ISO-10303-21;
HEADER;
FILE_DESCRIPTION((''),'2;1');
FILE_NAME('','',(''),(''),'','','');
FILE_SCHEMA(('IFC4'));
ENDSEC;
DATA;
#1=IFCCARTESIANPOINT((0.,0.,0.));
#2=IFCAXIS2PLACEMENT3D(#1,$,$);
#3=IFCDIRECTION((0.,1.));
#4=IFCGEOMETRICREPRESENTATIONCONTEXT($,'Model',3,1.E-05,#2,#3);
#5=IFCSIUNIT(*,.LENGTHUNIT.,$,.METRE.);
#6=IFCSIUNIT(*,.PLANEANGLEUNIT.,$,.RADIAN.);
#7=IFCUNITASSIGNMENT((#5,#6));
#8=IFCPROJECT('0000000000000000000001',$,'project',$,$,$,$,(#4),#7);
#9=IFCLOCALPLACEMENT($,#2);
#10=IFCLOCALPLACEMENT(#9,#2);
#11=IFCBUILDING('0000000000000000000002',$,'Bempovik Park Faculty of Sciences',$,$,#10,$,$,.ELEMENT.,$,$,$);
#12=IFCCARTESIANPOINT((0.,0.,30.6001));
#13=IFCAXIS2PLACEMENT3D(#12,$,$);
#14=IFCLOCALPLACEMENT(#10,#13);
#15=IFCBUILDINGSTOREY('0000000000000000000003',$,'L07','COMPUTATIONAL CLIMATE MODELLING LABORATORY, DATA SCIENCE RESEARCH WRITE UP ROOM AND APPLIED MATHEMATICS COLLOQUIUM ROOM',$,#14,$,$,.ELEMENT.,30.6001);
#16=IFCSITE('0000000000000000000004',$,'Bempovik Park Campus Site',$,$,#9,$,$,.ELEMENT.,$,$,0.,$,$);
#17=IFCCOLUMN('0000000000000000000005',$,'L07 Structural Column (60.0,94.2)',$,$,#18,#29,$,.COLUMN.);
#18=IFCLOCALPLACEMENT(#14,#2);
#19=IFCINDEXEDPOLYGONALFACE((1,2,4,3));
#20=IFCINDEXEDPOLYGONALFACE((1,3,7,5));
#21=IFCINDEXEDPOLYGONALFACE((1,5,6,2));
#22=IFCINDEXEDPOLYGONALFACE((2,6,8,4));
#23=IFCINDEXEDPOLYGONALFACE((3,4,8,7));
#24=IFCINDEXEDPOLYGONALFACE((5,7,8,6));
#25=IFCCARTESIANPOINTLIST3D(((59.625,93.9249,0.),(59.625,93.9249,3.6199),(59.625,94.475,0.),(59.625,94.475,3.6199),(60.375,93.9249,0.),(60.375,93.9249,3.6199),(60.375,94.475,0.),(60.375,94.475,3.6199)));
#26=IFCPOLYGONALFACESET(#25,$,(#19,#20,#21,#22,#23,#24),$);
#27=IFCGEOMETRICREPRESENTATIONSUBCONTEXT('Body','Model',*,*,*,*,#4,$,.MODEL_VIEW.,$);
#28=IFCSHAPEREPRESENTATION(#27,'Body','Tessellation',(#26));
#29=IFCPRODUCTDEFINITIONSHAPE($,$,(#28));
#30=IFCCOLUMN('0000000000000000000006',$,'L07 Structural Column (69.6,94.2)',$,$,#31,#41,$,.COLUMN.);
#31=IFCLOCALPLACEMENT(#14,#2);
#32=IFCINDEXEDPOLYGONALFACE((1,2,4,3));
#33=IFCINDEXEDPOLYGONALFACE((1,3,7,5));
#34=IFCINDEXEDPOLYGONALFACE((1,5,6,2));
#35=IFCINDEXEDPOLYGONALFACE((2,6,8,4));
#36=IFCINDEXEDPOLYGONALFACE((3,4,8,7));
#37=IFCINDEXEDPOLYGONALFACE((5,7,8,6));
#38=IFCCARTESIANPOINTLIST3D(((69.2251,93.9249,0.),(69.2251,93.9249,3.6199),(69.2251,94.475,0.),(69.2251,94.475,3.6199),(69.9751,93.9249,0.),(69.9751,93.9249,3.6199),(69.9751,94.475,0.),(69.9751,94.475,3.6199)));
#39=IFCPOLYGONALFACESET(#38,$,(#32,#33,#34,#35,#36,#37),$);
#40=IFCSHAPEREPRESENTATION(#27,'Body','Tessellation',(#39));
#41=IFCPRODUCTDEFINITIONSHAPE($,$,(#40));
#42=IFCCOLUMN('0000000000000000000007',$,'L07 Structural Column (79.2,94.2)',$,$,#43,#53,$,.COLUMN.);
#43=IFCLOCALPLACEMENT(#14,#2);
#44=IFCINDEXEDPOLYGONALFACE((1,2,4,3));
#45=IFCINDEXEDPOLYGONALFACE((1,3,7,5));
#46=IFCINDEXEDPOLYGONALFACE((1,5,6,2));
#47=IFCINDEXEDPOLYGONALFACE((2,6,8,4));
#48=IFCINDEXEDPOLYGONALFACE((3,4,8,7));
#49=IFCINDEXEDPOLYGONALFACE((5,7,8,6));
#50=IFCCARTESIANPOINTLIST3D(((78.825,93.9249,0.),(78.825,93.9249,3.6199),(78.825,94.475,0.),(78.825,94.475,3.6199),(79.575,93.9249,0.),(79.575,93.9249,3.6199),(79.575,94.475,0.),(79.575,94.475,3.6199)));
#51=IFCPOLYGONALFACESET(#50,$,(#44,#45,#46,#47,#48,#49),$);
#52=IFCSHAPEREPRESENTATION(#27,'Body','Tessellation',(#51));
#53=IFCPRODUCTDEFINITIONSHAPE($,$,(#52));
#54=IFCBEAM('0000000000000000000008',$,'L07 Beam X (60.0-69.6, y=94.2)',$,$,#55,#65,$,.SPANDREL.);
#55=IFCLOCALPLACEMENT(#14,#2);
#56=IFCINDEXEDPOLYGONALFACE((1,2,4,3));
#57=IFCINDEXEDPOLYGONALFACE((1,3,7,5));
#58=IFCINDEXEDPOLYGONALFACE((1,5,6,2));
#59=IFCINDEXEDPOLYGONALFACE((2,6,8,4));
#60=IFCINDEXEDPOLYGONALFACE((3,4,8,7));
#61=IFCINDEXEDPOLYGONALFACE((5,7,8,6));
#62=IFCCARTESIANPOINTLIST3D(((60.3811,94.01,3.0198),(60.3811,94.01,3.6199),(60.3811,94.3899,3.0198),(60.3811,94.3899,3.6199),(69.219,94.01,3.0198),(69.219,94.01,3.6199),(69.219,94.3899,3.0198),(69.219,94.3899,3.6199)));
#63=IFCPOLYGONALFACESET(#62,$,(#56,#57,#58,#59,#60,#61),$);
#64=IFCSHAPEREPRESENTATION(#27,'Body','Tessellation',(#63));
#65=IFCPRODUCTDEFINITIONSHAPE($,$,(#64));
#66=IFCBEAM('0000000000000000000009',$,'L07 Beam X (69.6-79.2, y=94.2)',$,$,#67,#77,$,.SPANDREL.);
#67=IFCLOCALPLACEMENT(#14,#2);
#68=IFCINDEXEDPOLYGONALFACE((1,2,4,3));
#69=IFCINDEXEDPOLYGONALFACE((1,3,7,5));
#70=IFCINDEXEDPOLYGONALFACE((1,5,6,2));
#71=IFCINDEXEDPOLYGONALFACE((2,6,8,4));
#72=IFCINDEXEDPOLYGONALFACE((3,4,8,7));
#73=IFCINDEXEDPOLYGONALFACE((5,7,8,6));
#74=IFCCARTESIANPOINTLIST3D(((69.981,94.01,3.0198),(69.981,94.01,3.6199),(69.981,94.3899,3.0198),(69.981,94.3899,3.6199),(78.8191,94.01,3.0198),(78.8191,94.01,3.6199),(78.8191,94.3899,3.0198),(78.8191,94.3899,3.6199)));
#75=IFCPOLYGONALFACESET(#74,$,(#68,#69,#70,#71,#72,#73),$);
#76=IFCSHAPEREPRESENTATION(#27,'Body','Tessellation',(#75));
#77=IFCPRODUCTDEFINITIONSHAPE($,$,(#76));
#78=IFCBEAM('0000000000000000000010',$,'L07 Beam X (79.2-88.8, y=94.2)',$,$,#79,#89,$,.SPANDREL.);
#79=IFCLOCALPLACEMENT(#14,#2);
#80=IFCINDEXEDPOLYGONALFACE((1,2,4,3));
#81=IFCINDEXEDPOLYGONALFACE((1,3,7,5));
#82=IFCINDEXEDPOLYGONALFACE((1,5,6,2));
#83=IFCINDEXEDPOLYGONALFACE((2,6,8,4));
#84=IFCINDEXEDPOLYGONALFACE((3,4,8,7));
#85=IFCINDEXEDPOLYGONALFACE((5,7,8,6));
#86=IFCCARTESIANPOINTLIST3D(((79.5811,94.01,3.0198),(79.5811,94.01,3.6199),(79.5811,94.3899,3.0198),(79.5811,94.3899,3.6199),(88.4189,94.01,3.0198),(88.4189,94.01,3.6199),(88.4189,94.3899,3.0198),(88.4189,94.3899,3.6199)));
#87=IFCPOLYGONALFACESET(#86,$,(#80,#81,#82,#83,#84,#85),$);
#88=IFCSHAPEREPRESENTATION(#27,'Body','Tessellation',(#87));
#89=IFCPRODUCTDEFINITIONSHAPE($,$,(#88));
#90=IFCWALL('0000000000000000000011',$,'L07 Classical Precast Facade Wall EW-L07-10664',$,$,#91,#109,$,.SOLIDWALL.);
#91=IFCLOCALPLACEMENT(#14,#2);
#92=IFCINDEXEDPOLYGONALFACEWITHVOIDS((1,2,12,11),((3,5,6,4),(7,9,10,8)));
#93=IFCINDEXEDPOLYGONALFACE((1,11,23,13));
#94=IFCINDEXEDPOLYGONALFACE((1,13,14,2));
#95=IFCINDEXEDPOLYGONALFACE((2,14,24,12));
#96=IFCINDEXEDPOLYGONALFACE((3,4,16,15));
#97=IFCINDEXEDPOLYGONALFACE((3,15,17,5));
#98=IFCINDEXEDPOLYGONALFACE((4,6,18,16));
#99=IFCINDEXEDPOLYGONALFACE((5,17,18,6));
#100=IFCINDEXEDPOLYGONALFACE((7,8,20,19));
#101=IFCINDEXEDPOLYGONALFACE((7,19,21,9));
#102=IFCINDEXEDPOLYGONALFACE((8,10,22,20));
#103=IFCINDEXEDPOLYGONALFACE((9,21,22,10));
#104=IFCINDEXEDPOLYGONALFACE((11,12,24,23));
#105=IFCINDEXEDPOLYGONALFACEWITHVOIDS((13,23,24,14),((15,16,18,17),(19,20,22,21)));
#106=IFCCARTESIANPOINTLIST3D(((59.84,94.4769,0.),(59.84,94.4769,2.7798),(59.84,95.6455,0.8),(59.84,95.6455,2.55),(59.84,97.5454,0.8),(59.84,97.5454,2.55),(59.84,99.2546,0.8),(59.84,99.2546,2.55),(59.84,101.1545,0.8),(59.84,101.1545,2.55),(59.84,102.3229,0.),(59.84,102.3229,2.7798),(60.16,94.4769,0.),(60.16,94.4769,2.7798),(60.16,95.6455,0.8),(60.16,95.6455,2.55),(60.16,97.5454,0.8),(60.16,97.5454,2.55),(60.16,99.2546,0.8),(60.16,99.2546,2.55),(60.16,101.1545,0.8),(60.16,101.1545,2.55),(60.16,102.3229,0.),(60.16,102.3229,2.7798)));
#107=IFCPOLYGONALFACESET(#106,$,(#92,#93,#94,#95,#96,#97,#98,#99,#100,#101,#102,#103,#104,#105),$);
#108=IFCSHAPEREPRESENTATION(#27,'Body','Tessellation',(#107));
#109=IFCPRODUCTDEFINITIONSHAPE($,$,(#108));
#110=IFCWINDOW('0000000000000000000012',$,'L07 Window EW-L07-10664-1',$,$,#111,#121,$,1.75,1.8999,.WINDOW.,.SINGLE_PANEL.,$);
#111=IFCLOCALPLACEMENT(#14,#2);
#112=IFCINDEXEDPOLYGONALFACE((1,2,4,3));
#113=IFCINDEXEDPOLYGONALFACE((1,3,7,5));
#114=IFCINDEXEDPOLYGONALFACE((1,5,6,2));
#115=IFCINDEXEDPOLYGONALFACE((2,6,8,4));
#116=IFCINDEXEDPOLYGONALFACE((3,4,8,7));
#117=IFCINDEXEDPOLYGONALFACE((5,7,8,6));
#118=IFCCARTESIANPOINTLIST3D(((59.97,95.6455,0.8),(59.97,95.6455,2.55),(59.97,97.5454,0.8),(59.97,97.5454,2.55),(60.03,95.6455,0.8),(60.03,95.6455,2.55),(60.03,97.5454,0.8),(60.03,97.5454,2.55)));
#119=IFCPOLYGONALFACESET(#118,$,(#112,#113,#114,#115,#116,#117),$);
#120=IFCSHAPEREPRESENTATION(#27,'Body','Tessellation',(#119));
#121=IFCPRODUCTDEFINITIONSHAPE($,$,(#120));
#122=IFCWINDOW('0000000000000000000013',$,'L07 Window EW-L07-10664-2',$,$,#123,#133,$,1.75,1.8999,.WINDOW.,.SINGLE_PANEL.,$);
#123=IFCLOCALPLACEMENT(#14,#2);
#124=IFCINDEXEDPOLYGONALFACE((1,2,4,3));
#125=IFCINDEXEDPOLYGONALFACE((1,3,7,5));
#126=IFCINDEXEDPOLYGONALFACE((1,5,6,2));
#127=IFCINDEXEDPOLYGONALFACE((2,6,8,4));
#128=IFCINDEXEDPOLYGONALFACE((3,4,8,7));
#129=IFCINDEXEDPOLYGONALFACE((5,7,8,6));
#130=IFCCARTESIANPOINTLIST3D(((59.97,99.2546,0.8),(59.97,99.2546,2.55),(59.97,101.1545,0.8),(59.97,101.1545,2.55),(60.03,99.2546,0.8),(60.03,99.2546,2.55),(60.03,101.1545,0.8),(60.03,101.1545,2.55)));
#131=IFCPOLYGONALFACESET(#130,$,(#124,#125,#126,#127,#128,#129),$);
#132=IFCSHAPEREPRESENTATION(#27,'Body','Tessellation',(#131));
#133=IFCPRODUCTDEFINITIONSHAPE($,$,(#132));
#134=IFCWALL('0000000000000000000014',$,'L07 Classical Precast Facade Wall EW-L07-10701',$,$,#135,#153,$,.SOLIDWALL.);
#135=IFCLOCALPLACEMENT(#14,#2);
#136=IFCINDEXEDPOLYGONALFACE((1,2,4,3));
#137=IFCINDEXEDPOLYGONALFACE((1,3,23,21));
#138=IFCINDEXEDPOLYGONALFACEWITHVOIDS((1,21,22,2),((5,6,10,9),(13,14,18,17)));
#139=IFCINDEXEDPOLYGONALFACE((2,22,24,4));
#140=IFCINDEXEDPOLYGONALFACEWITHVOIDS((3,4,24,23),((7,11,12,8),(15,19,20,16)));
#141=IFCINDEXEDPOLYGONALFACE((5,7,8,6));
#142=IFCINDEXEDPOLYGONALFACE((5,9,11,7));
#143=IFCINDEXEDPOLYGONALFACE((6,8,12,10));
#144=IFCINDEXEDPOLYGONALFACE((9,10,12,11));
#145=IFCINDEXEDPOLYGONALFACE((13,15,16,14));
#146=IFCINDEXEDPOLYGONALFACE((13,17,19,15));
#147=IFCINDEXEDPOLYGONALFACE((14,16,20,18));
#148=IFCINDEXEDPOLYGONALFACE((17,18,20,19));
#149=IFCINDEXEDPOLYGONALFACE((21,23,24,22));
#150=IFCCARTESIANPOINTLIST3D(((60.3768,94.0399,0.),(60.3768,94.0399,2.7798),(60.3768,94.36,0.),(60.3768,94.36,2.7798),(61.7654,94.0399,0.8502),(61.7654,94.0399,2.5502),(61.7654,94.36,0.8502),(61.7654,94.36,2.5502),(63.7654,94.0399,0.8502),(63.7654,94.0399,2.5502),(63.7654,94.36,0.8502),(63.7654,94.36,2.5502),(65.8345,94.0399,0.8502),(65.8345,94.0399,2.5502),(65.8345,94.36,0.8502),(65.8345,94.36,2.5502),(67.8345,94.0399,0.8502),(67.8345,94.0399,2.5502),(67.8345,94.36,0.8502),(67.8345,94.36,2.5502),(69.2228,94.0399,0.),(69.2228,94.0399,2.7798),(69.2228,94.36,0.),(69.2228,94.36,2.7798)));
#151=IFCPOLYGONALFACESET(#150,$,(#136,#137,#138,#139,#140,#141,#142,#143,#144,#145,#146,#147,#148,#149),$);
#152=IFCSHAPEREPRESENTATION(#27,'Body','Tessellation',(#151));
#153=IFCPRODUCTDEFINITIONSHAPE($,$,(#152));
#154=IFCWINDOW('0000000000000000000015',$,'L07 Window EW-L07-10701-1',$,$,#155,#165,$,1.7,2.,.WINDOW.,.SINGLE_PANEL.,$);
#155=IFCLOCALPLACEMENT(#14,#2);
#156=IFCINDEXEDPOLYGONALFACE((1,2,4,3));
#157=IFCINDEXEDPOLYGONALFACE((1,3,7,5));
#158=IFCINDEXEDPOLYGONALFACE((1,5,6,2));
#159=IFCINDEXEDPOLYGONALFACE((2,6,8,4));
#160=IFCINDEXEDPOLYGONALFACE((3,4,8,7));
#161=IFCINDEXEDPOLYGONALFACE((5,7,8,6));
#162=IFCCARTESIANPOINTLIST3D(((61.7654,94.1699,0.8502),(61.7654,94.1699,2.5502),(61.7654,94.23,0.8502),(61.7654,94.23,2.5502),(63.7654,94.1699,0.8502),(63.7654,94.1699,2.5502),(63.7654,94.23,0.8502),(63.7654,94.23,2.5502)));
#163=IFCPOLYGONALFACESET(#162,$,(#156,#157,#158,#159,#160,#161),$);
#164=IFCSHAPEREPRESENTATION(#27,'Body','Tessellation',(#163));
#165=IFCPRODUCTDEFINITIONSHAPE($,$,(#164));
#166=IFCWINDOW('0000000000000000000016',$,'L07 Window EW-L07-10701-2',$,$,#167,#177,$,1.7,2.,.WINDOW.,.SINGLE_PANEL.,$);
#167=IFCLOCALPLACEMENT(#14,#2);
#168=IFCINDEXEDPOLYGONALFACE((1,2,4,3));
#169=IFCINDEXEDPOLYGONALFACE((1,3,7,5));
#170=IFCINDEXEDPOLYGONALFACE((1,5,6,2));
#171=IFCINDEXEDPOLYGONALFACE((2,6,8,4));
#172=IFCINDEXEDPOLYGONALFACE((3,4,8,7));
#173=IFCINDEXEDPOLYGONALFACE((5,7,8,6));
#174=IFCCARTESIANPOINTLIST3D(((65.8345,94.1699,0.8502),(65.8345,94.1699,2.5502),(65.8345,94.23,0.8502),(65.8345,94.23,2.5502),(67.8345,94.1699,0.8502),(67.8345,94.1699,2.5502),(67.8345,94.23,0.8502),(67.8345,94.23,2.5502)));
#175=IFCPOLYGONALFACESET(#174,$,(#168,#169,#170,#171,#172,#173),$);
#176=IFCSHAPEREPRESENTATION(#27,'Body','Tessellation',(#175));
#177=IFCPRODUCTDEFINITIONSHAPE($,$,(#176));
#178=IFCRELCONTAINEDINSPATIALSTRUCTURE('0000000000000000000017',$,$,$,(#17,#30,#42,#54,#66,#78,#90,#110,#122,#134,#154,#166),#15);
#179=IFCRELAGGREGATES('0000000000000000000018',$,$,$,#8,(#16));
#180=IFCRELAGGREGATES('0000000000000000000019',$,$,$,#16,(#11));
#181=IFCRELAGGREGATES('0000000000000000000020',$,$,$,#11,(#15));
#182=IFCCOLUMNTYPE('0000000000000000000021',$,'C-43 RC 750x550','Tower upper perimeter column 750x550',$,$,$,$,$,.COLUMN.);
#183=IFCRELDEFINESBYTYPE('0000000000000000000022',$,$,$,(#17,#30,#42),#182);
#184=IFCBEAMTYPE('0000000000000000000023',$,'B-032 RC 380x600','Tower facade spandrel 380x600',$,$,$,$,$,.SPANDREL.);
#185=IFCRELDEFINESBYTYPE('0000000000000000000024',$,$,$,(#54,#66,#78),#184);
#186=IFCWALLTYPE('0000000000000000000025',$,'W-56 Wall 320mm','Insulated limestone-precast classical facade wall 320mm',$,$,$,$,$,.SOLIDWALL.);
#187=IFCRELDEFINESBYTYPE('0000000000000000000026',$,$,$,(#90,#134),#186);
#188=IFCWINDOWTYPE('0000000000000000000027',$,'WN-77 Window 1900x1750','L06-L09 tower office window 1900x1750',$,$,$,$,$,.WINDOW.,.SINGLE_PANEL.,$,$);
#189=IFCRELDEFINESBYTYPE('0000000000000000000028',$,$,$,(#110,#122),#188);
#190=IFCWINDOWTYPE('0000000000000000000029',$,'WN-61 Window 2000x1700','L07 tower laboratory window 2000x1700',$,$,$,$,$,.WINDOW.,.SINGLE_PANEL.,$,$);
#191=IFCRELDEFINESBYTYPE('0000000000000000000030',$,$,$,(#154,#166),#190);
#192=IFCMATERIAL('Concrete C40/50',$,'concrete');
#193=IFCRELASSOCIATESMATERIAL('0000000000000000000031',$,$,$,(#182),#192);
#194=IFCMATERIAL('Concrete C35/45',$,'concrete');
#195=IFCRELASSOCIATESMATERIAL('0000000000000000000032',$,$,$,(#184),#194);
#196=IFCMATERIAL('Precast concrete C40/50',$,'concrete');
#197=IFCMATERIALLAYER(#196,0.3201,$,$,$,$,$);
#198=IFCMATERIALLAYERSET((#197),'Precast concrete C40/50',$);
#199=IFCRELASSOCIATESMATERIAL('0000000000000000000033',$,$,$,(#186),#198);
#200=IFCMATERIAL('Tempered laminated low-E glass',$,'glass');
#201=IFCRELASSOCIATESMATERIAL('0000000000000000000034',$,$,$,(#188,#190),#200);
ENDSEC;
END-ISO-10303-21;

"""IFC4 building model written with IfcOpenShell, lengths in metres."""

from ifc_helpers import new_model, si_unit, direction, frame, frame_2d, origin, origin_2d, place, context, subcontext, project, spatial, rectangle, extrude, material, layer, layer_set, material_profile, profile_set, type_object, element, fill, save


model = new_model("IFC4")

# Units and contexts
model_context = context("Model", 3, precision=1e-05, world=origin(), true_north=direction((0.0, 1.0)))
body_context = subcontext(model_context, "Body", "Model", "MODEL_VIEW")
ifc_project = project(units=[si_unit("LENGTHUNIT", "METRE"), si_unit("PLANEANGLEUNIT", "RADIAN")], contexts=[model_context])

# Site, building, storey
site_placement = place(None, origin())
site = spatial("IfcSite", under=ifc_project, at=site_placement, Name="Bempovik Park Campus Site", CompositionType="ELEMENT", RefElevation=0.0)
building_placement = place(site_placement, origin())
building = spatial("IfcBuilding", under=site, at=building_placement, Name="Bempovik Park Faculty of Sciences", CompositionType="ELEMENT")
storey_placement = place(building_placement, frame((0.0, 0.0, 30.6001)))
storey = spatial("IfcBuildingStorey", under=building, at=storey_placement, Name="L07", Description="COMPUTATIONAL CLIMATE MODELLING LABORATORY, DATA SCIENCE RESEARCH WRITE UP ROOM AND APPLIED MATHEMATICS COLLOQUIUM ROOM", CompositionType="ELEMENT", Elevation=30.6001)

# Columns
ifc_material_1 = material(Name="Concrete C40/50", Category="concrete")
ifc_material_profile_1 = material_profile(ifc_material_1, rectangle(XDim=0.75, YDim=0.55, at=origin_2d()), Name="RC 750x550")
ifc_profile_set_1 = profile_set([ifc_material_profile_1], Name="Concrete C40/50")
column_type = type_object("IfcColumnType", Name="C-43 RC 750x550", Description="Tower upper perimeter column 750x550", PredefinedType="COLUMN", material=ifc_profile_set_1)
for number, where, z_axis, x_axis, name in (
    (1, (60.0, 94.2, 0.0), (0.0, 0.0, 1.0), (1.0, 0.0, 0.0), "L07 Structural Column (60.0,94.2)"),
    (2, (69.6001, 94.2, 0.0), (0.0, 0.0, 1.0), (1.0, 0.0, 0.0), "L07 Structural Column (69.6,94.2)"),
    (3, (79.2, 94.2, 0.0), (0.0, 0.0, 1.0), (1.0, 0.0, 0.0), "L07 Structural Column (79.2,94.2)"),
):
    element("IfcColumn", number, at=place(storey_placement, frame(where, z_axis=z_axis, x_axis=x_axis)), inside=storey, type_object=column_type, Name=name, PredefinedType="COLUMN", context=body_context, shape_type="SweptSolid", body=[
        extrude(rectangle(XDim=0.75, YDim=0.55, at=origin_2d()), origin(), (0.0, 0.0, 1.0), 3.6199),
    ])

# Beams
ifc_material_2 = material(Name="Concrete C35/45", Category="concrete")
ifc_material_profile_2 = material_profile(ifc_material_2, rectangle(XDim=0.3799, YDim=0.6001, at=origin_2d()), Name="RC 380x600")
ifc_profile_set_2 = profile_set([ifc_material_profile_2], Name="Concrete C35/45")
beam_type = type_object("IfcBeamType", Name="B-032 RC 380x600", Description="Tower facade spandrel 380x600", PredefinedType="SPANDREL", material=ifc_profile_set_2)
beam_1_placement = place(storey_placement, frame((60.3811, 94.2, 3.3198), z_axis=(1.0, 0.0, 0.0), x_axis=(0.0, 1.0, 0.0)))
element("IfcBeam", 4, at=beam_1_placement, inside=storey, type_object=beam_type, Name="L07 Beam X (60.0-69.6, y=94.2)", PredefinedType="SPANDREL", context=body_context, shape_type="SweptSolid", body=[
    extrude(rectangle(XDim=0.3799, YDim=0.6001, at=origin_2d()), origin(), (0.0, 0.0, 1.0), 8.8379),
])
beam_2_placement = place(storey_placement, frame((69.981, 94.2, 3.3198), z_axis=(1.0, 0.0, 0.0), x_axis=(0.0, 1.0, 0.0)))
element("IfcBeam", 5, at=beam_2_placement, inside=storey, type_object=beam_type, Name="L07 Beam X (69.6-79.2, y=94.2)", PredefinedType="SPANDREL", context=body_context, shape_type="SweptSolid", body=[
    extrude(rectangle(XDim=0.3799, YDim=0.6001, at=origin_2d()), origin(), (0.0, 0.0, 1.0), 8.8381),
])
beam_3_placement = place(storey_placement, frame((79.5811, 94.2, 3.3198), z_axis=(1.0, 0.0, 0.0), x_axis=(0.0, 1.0, 0.0)))
element("IfcBeam", 6, at=beam_3_placement, inside=storey, type_object=beam_type, Name="L07 Beam X (79.2-88.8, y=94.2)", PredefinedType="SPANDREL", context=body_context, shape_type="SweptSolid", body=[
    extrude(rectangle(XDim=0.3799, YDim=0.6001, at=origin_2d()), origin(), (0.0, 0.0, 1.0), 8.8379),
])

# Walls, openings, windows
ifc_material_3 = material(Name="Precast concrete C40/50", Category="concrete")
ifc_layer_1 = layer(ifc_material_3, 0.3201)
ifc_layer_set_1 = layer_set([ifc_layer_1], Name="Precast concrete C40/50")
wall_type = type_object("IfcWallType", Name="W-56 Wall 320mm", Description="Insulated limestone-precast classical facade wall 320mm", PredefinedType="SOLIDWALL", material=ifc_layer_set_1)
wall_1_placement = place(storey_placement, frame((60.0, 94.4771, 0.0), z_axis=(0.0, 0.0, 1.0), x_axis=(0.0, 1.0, 0.0)))
wall_1 = element("IfcWall", 7, at=wall_1_placement, inside=storey, type_object=wall_type, Name="L07 Classical Precast Facade Wall EW-L07-10664", PredefinedType="SOLIDWALL", context=body_context, shape_type="SweptSolid", body=[
    extrude(rectangle(XDim=7.8459, YDim=0.3201, at=frame_2d((3.9229, 0.0))), origin(), (0.0, 0.0, 1.0), 2.7798),
])
opening_1_placement = place(wall_1_placement, frame((1.1685, 0.0, 0.8)))
opening_1 = element("IfcOpeningElement", 8, at=opening_1_placement, cuts=wall_1, PredefinedType="OPENING", context=body_context, shape_type="SweptSolid", body=[
    extrude(rectangle(XDim=1.8999, YDim=1.75, at=frame_2d((0.95, 0.875))), frame((0.0, 0.1699, 0.0), z_axis=(0.0, -1.0, 0.0), x_axis=(1.0, 0.0, 0.0)), (0.0, 0.0, 1.0), 0.3401),
])
opening_2_placement = place(wall_1_placement, frame((4.7776, 0.0, 0.8)))
opening_2 = element("IfcOpeningElement", 9, at=opening_2_placement, cuts=wall_1, PredefinedType="OPENING", context=body_context, shape_type="SweptSolid", body=[
    extrude(rectangle(XDim=1.8999, YDim=1.75, at=frame_2d((0.95, 0.875))), frame((0.0, 0.1699, 0.0), z_axis=(0.0, -1.0, 0.0), x_axis=(1.0, 0.0, 0.0)), (0.0, 0.0, 1.0), 0.3401),
])
ifc_material_4 = material(Name="Tempered laminated low-E glass", Category="glass")
window_type_1 = type_object("IfcWindowType", Name="WN-77 Window 1900x1750", Description="L06-L09 tower office window 1900x1750", PartitioningType="SINGLE_PANEL", PredefinedType="WINDOW", material=ifc_material_4)
window_1_placement = place(opening_1_placement, origin())
window_1 = element("IfcWindow", 10, at=window_1_placement, inside=storey, type_object=window_type_1, Name="L07 Window EW-L07-10664-1", OverallHeight=1.75, OverallWidth=1.8999, PartitioningType="SINGLE_PANEL", PredefinedType="WINDOW", context=body_context, shape_type="SweptSolid", body=[
    extrude(rectangle(XDim=1.8999, YDim=1.75, at=frame_2d((0.95, 0.875))), frame((0.0, 0.03, 0.0), z_axis=(0.0, -1.0, 0.0), x_axis=(1.0, 0.0, 0.0)), (0.0, 0.0, 1.0), 0.0601),
])
fill(opening_1, window_1)
window_2_placement = place(opening_2_placement, origin())
window_2 = element("IfcWindow", 11, at=window_2_placement, inside=storey, type_object=window_type_1, Name="L07 Window EW-L07-10664-2", OverallHeight=1.75, OverallWidth=1.8999, PartitioningType="SINGLE_PANEL", PredefinedType="WINDOW", context=body_context, shape_type="SweptSolid", body=[
    extrude(rectangle(XDim=1.8999, YDim=1.75, at=frame_2d((0.95, 0.875))), frame((0.0, 0.03, 0.0), z_axis=(0.0, -1.0, 0.0), x_axis=(1.0, 0.0, 0.0)), (0.0, 0.0, 1.0), 0.0601),
])
fill(opening_2, window_2)
wall_2_placement = place(storey_placement, frame((60.377, 94.2, 0.0), z_axis=(0.0, 0.0, 1.0), x_axis=(1.0, 0.0, 0.0)))
wall_2 = element("IfcWall", 12, at=wall_2_placement, inside=storey, type_object=wall_type, Name="L07 Classical Precast Facade Wall EW-L07-10701", PredefinedType="SOLIDWALL", context=body_context, shape_type="SweptSolid", body=[
    extrude(rectangle(XDim=8.8459, YDim=0.3201, at=frame_2d((4.4229, 0.0))), origin(), (0.0, 0.0, 1.0), 2.7798),
])
opening_3_placement = place(wall_2_placement, frame((1.3884, 0.0, 0.8501)))
opening_3 = element("IfcOpeningElement", 13, at=opening_3_placement, cuts=wall_2, PredefinedType="OPENING", context=body_context, shape_type="SweptSolid", body=[
    extrude(rectangle(XDim=2.0, YDim=1.7, at=frame_2d((1.0, 0.8501))), frame((0.0, 0.1699, 0.0), z_axis=(0.0, -1.0, 0.0), x_axis=(1.0, 0.0, 0.0)), (0.0, 0.0, 1.0), 0.3401),
])
opening_4_placement = place(wall_2_placement, frame((5.4575, 0.0, 0.8501)))
opening_4 = element("IfcOpeningElement", 14, at=opening_4_placement, cuts=wall_2, PredefinedType="OPENING", context=body_context, shape_type="SweptSolid", body=[
    extrude(rectangle(XDim=2.0, YDim=1.7, at=frame_2d((1.0, 0.8501))), frame((0.0, 0.1699, 0.0), z_axis=(0.0, -1.0, 0.0), x_axis=(1.0, 0.0, 0.0)), (0.0, 0.0, 1.0), 0.3401),
])
window_type_2 = type_object("IfcWindowType", Name="WN-61 Window 2000x1700", Description="L07 tower laboratory window 2000x1700", PartitioningType="SINGLE_PANEL", PredefinedType="WINDOW", material=ifc_material_4)
window_3_placement = place(opening_3_placement, origin())
window_3 = element("IfcWindow", 15, at=window_3_placement, inside=storey, type_object=window_type_2, Name="L07 Window EW-L07-10701-1", OverallHeight=1.7, OverallWidth=2.0, PartitioningType="SINGLE_PANEL", PredefinedType="WINDOW", context=body_context, shape_type="SweptSolid", body=[
    extrude(rectangle(XDim=2.0, YDim=1.7, at=frame_2d((1.0, 0.8501))), frame((0.0, 0.03, 0.0), z_axis=(0.0, -1.0, 0.0), x_axis=(1.0, 0.0, 0.0)), (0.0, 0.0, 1.0), 0.0601),
])
fill(opening_3, window_3)
window_4_placement = place(opening_4_placement, origin())
window_4 = element("IfcWindow", 16, at=window_4_placement, inside=storey, type_object=window_type_2, Name="L07 Window EW-L07-10701-2", OverallHeight=1.7, OverallWidth=2.0, PartitioningType="SINGLE_PANEL", PredefinedType="WINDOW", context=body_context, shape_type="SweptSolid", body=[
    extrude(rectangle(XDim=2.0, YDim=1.7, at=frame_2d((1.0, 0.8501))), frame((0.0, 0.03, 0.0), z_axis=(0.0, -1.0, 0.0), x_axis=(1.0, 0.0, 0.0)), (0.0, 0.0, 1.0), 0.0601),
])
fill(opening_4, window_4)

save(model, "model.ifc")
